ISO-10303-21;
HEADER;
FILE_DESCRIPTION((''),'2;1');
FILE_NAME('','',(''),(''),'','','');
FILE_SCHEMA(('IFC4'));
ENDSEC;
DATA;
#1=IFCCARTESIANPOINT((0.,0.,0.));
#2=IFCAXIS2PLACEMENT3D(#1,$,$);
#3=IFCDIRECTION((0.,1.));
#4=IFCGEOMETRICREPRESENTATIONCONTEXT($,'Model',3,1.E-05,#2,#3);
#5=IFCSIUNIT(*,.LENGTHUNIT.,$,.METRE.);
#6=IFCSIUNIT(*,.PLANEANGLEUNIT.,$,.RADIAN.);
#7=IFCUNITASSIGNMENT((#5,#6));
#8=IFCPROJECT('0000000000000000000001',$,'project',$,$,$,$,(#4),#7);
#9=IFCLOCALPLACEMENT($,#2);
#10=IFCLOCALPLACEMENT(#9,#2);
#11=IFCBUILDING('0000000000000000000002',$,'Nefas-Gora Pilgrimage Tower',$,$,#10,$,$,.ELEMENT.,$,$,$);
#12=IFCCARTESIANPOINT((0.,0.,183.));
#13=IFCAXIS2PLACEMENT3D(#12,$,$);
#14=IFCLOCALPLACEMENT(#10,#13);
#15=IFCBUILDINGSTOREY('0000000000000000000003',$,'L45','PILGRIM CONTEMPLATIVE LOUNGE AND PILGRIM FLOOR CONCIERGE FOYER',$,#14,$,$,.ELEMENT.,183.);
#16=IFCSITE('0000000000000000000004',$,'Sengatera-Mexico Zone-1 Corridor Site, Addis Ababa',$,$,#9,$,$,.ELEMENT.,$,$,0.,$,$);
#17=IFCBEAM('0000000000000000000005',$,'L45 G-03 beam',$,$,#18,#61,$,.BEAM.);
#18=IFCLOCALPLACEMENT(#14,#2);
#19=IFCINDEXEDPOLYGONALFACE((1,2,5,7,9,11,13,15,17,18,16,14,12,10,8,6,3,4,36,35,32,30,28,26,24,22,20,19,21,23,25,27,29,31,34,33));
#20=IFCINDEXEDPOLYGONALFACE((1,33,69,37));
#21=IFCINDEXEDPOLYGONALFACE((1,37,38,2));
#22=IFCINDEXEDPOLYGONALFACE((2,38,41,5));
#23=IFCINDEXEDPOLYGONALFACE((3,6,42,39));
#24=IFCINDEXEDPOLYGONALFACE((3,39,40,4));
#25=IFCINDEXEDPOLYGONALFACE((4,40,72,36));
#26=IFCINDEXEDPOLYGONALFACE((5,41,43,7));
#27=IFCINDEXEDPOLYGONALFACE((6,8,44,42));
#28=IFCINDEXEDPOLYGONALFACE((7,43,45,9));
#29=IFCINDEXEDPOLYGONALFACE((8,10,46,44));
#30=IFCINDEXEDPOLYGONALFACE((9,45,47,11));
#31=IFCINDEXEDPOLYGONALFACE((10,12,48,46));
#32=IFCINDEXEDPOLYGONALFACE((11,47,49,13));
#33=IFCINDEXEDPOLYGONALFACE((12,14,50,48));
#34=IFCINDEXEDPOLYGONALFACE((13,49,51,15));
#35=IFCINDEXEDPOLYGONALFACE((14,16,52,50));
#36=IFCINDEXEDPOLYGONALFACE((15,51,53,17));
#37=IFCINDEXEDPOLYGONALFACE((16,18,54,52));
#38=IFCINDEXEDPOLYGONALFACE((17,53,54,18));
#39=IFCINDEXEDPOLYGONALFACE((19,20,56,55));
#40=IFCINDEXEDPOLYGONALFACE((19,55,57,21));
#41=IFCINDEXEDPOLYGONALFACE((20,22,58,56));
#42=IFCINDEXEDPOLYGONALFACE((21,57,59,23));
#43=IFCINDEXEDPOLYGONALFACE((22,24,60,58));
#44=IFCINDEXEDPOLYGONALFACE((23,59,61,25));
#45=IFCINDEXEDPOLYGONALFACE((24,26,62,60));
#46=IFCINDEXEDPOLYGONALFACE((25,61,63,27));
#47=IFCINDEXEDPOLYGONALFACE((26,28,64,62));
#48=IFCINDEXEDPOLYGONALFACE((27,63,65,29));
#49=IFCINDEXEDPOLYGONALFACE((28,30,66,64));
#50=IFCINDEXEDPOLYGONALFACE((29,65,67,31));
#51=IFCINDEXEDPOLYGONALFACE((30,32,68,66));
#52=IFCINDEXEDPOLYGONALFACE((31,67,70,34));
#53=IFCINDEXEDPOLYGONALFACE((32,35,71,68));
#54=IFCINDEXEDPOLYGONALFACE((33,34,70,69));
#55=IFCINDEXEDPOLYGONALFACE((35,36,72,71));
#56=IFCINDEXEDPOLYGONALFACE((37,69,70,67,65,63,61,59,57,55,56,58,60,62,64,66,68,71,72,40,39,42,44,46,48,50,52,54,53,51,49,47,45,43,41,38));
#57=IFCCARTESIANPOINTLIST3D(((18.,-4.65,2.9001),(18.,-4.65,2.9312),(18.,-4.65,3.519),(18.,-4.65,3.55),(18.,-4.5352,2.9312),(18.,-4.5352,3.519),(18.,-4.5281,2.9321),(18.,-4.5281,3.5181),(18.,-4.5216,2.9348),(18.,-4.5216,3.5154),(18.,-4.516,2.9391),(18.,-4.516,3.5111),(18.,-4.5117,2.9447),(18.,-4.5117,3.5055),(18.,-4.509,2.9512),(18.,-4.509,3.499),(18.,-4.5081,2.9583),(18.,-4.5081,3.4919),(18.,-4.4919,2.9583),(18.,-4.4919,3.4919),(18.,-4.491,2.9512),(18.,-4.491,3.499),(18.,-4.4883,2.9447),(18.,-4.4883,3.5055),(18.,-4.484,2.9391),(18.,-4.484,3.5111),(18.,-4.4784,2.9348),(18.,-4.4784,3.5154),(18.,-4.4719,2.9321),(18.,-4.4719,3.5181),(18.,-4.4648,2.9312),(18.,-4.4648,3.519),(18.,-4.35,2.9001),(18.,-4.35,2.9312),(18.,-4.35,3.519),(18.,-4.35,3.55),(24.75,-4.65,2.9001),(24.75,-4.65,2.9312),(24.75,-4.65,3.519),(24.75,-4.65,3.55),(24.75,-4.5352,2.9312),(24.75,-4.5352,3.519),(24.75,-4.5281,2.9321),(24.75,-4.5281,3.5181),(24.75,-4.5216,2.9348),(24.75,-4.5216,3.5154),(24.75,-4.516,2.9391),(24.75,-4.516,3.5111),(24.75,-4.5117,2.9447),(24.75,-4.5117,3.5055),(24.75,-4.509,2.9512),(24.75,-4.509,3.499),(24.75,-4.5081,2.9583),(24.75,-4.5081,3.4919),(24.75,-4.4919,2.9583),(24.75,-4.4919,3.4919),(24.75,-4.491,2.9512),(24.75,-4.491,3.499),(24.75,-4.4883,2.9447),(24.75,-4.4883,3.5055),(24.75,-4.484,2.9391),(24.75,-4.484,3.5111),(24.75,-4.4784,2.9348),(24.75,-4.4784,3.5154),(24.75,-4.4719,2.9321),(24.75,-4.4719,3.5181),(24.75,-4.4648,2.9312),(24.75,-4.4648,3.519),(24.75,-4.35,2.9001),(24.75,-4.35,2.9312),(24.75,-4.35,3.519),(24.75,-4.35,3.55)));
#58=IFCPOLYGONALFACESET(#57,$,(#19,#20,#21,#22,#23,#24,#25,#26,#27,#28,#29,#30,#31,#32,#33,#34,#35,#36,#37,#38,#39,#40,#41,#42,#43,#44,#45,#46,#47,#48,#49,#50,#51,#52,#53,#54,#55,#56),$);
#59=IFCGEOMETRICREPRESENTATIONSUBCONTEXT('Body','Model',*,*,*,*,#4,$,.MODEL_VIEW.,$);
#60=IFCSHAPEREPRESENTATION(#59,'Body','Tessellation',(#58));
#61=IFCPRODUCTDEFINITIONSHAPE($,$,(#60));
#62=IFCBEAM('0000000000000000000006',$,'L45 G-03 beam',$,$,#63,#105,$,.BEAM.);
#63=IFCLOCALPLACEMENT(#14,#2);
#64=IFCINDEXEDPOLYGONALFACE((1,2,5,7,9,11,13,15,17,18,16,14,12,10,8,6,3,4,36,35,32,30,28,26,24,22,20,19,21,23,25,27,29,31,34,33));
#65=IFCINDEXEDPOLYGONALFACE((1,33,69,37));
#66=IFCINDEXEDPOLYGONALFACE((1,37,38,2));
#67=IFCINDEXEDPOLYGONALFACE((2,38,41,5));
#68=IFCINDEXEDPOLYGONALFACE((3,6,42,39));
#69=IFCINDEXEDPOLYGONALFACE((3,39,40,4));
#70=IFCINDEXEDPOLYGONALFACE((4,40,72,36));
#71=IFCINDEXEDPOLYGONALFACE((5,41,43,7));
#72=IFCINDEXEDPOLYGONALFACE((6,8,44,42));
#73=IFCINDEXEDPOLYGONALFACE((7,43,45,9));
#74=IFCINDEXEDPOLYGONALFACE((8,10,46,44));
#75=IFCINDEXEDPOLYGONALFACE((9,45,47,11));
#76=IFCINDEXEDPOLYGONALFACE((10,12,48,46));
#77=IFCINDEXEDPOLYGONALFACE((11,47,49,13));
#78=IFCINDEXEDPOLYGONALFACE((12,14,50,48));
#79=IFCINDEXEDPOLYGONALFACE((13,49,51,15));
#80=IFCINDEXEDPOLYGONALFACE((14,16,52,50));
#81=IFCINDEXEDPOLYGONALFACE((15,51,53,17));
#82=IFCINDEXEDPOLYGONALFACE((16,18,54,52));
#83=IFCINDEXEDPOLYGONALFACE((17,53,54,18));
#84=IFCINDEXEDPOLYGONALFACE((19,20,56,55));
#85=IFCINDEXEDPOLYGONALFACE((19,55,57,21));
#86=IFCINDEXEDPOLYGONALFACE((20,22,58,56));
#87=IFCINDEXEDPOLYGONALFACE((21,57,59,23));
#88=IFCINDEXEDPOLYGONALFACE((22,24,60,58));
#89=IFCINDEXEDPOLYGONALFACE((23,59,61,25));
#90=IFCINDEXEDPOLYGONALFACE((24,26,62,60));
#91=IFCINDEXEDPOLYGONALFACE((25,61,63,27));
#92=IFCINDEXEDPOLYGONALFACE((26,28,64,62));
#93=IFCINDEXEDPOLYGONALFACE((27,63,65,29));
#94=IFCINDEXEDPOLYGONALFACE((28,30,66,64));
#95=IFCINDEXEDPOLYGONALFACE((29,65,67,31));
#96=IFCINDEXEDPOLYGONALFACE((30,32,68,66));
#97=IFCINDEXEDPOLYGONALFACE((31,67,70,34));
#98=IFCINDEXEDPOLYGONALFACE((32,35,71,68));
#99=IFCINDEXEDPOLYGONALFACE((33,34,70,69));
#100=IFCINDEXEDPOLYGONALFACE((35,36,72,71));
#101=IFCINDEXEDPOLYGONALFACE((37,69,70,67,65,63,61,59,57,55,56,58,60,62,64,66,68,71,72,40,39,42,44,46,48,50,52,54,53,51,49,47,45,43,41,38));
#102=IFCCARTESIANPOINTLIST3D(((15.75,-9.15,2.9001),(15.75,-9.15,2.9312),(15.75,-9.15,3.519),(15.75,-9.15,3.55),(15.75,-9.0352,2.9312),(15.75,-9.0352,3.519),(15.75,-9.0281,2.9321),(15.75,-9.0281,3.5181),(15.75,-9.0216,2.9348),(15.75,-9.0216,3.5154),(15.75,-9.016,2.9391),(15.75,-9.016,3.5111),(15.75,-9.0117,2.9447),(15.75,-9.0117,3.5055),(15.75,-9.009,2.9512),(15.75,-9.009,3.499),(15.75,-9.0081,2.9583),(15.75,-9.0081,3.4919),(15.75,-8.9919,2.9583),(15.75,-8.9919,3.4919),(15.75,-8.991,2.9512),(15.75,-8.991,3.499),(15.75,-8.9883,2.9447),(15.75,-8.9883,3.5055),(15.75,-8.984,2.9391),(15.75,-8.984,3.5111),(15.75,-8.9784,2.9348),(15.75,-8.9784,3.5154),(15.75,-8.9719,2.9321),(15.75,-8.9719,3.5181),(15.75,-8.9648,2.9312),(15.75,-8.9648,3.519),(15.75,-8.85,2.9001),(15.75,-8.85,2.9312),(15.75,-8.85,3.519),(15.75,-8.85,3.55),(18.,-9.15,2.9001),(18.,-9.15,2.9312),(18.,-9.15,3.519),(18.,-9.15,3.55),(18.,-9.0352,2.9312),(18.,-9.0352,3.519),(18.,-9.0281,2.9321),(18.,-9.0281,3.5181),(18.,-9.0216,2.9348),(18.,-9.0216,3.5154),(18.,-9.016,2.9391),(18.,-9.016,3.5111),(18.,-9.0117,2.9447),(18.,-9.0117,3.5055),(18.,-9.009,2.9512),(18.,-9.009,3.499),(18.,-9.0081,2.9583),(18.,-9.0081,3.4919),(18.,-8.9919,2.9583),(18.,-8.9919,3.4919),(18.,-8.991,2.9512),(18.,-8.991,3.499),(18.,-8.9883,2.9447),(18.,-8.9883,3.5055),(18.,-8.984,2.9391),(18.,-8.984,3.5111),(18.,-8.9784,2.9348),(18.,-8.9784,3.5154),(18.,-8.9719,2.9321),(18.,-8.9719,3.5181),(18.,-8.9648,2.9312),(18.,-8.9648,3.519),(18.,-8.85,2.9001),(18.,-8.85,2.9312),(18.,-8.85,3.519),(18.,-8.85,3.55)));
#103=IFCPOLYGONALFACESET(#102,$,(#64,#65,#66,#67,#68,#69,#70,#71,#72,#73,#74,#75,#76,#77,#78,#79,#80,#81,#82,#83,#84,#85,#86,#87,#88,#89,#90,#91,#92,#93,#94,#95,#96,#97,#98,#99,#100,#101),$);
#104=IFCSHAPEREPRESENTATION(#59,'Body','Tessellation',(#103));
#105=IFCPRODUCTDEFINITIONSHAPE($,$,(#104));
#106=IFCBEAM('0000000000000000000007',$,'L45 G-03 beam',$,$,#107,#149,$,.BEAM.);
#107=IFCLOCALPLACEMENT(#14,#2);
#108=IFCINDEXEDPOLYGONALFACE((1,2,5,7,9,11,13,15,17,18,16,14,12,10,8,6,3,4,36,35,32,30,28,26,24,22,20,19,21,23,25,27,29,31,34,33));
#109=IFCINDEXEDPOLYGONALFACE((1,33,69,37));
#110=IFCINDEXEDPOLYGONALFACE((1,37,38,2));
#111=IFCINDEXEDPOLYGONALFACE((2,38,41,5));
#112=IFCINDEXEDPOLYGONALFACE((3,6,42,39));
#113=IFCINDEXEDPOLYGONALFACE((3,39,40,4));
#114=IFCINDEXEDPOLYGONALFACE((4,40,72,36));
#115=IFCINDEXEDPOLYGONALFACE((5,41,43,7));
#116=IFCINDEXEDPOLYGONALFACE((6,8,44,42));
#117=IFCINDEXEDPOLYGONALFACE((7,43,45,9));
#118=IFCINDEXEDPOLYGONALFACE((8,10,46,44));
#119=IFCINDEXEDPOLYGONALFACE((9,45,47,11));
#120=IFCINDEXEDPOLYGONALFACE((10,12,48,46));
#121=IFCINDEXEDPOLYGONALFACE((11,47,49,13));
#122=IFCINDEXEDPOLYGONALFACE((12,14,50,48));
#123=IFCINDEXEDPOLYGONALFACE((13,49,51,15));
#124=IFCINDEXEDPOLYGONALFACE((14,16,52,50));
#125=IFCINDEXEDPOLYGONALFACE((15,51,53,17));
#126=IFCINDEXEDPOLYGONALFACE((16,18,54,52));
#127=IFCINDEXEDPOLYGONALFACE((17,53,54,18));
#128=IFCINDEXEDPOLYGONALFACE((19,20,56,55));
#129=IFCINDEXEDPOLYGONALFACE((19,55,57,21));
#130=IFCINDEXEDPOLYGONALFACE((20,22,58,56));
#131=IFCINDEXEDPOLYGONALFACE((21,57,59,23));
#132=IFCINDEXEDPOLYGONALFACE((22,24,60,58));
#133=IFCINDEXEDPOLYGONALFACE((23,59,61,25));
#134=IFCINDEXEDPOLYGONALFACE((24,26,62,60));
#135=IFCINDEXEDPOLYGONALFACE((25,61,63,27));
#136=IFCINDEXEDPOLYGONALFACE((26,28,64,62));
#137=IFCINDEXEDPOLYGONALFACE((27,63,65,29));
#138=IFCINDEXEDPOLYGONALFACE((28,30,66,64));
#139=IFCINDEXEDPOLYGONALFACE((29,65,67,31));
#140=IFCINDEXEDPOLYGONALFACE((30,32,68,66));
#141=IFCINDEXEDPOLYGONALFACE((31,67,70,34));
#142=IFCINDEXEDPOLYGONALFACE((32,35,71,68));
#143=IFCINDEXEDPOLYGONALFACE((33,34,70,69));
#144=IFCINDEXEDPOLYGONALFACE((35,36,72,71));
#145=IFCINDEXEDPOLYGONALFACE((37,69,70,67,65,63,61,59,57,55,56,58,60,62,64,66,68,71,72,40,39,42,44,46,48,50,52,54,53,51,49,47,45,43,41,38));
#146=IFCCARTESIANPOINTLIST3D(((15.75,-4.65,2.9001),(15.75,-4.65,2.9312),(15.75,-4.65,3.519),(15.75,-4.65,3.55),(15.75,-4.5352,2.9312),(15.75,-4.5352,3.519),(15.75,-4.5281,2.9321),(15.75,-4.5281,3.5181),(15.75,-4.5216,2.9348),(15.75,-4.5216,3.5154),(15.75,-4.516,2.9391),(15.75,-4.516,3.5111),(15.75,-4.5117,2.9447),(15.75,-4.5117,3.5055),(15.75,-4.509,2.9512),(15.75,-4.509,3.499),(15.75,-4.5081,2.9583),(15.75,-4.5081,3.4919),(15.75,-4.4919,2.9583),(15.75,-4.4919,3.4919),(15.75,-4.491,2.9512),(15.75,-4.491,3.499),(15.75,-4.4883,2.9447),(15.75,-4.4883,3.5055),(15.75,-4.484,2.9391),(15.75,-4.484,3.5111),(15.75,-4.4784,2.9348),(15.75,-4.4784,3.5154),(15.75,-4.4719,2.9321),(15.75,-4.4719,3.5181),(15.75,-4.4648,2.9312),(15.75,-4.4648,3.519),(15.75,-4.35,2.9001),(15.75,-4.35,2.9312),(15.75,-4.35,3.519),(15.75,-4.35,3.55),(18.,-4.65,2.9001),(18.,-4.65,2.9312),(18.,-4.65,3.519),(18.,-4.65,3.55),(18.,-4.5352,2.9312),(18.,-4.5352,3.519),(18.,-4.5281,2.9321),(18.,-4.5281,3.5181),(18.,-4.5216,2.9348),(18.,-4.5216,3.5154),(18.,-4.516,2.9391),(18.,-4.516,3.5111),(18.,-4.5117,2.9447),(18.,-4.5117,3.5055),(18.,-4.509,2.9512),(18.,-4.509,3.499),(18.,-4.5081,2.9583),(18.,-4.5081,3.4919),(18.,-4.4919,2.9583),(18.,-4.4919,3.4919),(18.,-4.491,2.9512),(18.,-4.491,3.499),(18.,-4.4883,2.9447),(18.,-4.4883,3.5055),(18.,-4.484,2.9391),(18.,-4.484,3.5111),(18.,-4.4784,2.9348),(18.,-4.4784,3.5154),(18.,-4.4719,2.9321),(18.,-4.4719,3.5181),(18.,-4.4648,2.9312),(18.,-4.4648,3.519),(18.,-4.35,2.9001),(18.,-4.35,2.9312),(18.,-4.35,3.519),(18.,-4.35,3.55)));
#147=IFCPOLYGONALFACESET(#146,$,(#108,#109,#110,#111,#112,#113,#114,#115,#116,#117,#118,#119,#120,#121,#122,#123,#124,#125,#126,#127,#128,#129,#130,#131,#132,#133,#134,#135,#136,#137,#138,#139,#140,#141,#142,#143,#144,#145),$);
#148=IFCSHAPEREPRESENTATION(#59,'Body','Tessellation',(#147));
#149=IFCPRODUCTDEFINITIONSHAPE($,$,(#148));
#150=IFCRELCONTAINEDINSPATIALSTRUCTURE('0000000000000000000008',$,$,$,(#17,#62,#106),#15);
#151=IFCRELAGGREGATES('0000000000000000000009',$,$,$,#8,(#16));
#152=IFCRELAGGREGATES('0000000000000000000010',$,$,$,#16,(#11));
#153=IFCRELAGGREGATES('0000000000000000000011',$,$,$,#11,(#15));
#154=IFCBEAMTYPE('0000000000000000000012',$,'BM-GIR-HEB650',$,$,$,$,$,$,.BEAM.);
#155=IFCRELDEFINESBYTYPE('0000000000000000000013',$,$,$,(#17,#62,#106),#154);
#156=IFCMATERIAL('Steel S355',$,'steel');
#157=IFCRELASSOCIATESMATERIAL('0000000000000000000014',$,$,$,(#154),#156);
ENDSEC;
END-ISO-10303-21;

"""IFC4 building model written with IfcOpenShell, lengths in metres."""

from ifc_helpers import new_model, si_unit, direction, frame, origin, origin_2d, place, context, subcontext, project, spatial, i_section, extrude, source, transform, mapped, material, material_profile, profile_set, type_object, element, save


model = new_model("IFC4")

# Units and contexts
model_context = context("Model", 3, precision=1e-05, world=origin(), true_north=direction((0.0, 1.0)))
body_context = subcontext(model_context, "Body", "Model", "MODEL_VIEW")
ifc_project = project(units=[si_unit("LENGTHUNIT", "METRE"), si_unit("PLANEANGLEUNIT", "RADIAN")], contexts=[model_context])

# Site, building, storey
site_placement = place(None, origin())
site = spatial("IfcSite", under=ifc_project, at=site_placement, Name="Sengatera-Mexico Zone-1 Corridor Site, Addis Ababa", CompositionType="ELEMENT", RefElevation=0.0)
building_placement = place(site_placement, origin())
building = spatial("IfcBuilding", under=site, at=building_placement, Name="Nefas-Gora Pilgrimage Tower", CompositionType="ELEMENT")
storey_placement = place(building_placement, frame((0.0, 0.0, 183.0)))
storey = spatial("IfcBuildingStorey", under=building, at=storey_placement, Name="L45", Description="PILGRIM CONTEMPLATIVE LOUNGE AND PILGRIM FLOOR CONCIERGE FOYER", CompositionType="ELEMENT", Elevation=183.0)

# Beams
ifc_material_1 = material(Name="Steel S355", Category="steel")
ifc_material_profile_1 = material_profile(ifc_material_1, i_section(OverallWidth=0.3, OverallDepth=0.6499, WebThickness=0.0161, FlangeThickness=0.031, FilletRadius=0.0271, at=origin_2d()), Name="HEB 650")
ifc_profile_set_1 = profile_set([ifc_material_profile_1], Name="Steel S355")
beam_type_1 = type_object("IfcBeamType", Name="BM-GIR-HEB650", PredefinedType="BEAM", material=ifc_profile_set_1)
shared_shape_1 = source(origin(), body_context, "Body", "SweptSolid", [
    extrude(i_section(OverallWidth=0.3, OverallDepth=0.6499, WebThickness=0.0161, FlangeThickness=0.031, FilletRadius=0.0271, at=origin_2d()), origin(), (0.0, 0.0, 1.0), 6.75),
])
for number, where, z_axis, x_axis, name in (
    (1, (18.0, -4.5, 3.2251), (1.0, 0.0, 0.0), (0.0, 1.0, 0.0), "L45 G-03 beam"),
):
    element("IfcBeam", number, at=place(storey_placement, frame(where, z_axis=z_axis, x_axis=x_axis)), inside=storey, type_object=beam_type_1, Name=name, PredefinedType="BEAM", context=body_context, shape_type="MappedRepresentation", body=[
        mapped(shared_shape_1, transform((0.0, 0.0, 0.0), x_axis=(1.0, 0.0, 0.0), y_axis=(0.0, 1.0, 0.0), z_axis=(0.0, 0.0, 1.0), scale=1.0)),
    ])
shared_shape_2 = source(origin(), body_context, "Body", "SweptSolid", [
    extrude(i_section(OverallWidth=0.3, OverallDepth=0.6499, WebThickness=0.0161, FlangeThickness=0.031, FilletRadius=0.0271, at=origin_2d()), origin(), (0.0, 0.0, 1.0), 2.25),
])
for number, where, z_axis, x_axis, name in (
    (2, (15.75, -9.0, 3.2251), (1.0, 0.0, 0.0), (0.0, 1.0, 0.0), "L45 G-03 beam"),
    (3, (15.75, -4.5, 3.2251), (1.0, 0.0, 0.0), (0.0, 1.0, 0.0), "L45 G-03 beam"),
):
    element("IfcBeam", number, at=place(storey_placement, frame(where, z_axis=z_axis, x_axis=x_axis)), inside=storey, type_object=beam_type_1, Name=name, PredefinedType="BEAM", context=body_context, shape_type="MappedRepresentation", body=[
        mapped(shared_shape_2, transform((0.0, 0.0, 0.0), x_axis=(1.0, 0.0, 0.0), y_axis=(0.0, 1.0, 0.0), z_axis=(0.0, 0.0, 1.0), scale=1.0)),
    ])

save(model, "model.ifc")
